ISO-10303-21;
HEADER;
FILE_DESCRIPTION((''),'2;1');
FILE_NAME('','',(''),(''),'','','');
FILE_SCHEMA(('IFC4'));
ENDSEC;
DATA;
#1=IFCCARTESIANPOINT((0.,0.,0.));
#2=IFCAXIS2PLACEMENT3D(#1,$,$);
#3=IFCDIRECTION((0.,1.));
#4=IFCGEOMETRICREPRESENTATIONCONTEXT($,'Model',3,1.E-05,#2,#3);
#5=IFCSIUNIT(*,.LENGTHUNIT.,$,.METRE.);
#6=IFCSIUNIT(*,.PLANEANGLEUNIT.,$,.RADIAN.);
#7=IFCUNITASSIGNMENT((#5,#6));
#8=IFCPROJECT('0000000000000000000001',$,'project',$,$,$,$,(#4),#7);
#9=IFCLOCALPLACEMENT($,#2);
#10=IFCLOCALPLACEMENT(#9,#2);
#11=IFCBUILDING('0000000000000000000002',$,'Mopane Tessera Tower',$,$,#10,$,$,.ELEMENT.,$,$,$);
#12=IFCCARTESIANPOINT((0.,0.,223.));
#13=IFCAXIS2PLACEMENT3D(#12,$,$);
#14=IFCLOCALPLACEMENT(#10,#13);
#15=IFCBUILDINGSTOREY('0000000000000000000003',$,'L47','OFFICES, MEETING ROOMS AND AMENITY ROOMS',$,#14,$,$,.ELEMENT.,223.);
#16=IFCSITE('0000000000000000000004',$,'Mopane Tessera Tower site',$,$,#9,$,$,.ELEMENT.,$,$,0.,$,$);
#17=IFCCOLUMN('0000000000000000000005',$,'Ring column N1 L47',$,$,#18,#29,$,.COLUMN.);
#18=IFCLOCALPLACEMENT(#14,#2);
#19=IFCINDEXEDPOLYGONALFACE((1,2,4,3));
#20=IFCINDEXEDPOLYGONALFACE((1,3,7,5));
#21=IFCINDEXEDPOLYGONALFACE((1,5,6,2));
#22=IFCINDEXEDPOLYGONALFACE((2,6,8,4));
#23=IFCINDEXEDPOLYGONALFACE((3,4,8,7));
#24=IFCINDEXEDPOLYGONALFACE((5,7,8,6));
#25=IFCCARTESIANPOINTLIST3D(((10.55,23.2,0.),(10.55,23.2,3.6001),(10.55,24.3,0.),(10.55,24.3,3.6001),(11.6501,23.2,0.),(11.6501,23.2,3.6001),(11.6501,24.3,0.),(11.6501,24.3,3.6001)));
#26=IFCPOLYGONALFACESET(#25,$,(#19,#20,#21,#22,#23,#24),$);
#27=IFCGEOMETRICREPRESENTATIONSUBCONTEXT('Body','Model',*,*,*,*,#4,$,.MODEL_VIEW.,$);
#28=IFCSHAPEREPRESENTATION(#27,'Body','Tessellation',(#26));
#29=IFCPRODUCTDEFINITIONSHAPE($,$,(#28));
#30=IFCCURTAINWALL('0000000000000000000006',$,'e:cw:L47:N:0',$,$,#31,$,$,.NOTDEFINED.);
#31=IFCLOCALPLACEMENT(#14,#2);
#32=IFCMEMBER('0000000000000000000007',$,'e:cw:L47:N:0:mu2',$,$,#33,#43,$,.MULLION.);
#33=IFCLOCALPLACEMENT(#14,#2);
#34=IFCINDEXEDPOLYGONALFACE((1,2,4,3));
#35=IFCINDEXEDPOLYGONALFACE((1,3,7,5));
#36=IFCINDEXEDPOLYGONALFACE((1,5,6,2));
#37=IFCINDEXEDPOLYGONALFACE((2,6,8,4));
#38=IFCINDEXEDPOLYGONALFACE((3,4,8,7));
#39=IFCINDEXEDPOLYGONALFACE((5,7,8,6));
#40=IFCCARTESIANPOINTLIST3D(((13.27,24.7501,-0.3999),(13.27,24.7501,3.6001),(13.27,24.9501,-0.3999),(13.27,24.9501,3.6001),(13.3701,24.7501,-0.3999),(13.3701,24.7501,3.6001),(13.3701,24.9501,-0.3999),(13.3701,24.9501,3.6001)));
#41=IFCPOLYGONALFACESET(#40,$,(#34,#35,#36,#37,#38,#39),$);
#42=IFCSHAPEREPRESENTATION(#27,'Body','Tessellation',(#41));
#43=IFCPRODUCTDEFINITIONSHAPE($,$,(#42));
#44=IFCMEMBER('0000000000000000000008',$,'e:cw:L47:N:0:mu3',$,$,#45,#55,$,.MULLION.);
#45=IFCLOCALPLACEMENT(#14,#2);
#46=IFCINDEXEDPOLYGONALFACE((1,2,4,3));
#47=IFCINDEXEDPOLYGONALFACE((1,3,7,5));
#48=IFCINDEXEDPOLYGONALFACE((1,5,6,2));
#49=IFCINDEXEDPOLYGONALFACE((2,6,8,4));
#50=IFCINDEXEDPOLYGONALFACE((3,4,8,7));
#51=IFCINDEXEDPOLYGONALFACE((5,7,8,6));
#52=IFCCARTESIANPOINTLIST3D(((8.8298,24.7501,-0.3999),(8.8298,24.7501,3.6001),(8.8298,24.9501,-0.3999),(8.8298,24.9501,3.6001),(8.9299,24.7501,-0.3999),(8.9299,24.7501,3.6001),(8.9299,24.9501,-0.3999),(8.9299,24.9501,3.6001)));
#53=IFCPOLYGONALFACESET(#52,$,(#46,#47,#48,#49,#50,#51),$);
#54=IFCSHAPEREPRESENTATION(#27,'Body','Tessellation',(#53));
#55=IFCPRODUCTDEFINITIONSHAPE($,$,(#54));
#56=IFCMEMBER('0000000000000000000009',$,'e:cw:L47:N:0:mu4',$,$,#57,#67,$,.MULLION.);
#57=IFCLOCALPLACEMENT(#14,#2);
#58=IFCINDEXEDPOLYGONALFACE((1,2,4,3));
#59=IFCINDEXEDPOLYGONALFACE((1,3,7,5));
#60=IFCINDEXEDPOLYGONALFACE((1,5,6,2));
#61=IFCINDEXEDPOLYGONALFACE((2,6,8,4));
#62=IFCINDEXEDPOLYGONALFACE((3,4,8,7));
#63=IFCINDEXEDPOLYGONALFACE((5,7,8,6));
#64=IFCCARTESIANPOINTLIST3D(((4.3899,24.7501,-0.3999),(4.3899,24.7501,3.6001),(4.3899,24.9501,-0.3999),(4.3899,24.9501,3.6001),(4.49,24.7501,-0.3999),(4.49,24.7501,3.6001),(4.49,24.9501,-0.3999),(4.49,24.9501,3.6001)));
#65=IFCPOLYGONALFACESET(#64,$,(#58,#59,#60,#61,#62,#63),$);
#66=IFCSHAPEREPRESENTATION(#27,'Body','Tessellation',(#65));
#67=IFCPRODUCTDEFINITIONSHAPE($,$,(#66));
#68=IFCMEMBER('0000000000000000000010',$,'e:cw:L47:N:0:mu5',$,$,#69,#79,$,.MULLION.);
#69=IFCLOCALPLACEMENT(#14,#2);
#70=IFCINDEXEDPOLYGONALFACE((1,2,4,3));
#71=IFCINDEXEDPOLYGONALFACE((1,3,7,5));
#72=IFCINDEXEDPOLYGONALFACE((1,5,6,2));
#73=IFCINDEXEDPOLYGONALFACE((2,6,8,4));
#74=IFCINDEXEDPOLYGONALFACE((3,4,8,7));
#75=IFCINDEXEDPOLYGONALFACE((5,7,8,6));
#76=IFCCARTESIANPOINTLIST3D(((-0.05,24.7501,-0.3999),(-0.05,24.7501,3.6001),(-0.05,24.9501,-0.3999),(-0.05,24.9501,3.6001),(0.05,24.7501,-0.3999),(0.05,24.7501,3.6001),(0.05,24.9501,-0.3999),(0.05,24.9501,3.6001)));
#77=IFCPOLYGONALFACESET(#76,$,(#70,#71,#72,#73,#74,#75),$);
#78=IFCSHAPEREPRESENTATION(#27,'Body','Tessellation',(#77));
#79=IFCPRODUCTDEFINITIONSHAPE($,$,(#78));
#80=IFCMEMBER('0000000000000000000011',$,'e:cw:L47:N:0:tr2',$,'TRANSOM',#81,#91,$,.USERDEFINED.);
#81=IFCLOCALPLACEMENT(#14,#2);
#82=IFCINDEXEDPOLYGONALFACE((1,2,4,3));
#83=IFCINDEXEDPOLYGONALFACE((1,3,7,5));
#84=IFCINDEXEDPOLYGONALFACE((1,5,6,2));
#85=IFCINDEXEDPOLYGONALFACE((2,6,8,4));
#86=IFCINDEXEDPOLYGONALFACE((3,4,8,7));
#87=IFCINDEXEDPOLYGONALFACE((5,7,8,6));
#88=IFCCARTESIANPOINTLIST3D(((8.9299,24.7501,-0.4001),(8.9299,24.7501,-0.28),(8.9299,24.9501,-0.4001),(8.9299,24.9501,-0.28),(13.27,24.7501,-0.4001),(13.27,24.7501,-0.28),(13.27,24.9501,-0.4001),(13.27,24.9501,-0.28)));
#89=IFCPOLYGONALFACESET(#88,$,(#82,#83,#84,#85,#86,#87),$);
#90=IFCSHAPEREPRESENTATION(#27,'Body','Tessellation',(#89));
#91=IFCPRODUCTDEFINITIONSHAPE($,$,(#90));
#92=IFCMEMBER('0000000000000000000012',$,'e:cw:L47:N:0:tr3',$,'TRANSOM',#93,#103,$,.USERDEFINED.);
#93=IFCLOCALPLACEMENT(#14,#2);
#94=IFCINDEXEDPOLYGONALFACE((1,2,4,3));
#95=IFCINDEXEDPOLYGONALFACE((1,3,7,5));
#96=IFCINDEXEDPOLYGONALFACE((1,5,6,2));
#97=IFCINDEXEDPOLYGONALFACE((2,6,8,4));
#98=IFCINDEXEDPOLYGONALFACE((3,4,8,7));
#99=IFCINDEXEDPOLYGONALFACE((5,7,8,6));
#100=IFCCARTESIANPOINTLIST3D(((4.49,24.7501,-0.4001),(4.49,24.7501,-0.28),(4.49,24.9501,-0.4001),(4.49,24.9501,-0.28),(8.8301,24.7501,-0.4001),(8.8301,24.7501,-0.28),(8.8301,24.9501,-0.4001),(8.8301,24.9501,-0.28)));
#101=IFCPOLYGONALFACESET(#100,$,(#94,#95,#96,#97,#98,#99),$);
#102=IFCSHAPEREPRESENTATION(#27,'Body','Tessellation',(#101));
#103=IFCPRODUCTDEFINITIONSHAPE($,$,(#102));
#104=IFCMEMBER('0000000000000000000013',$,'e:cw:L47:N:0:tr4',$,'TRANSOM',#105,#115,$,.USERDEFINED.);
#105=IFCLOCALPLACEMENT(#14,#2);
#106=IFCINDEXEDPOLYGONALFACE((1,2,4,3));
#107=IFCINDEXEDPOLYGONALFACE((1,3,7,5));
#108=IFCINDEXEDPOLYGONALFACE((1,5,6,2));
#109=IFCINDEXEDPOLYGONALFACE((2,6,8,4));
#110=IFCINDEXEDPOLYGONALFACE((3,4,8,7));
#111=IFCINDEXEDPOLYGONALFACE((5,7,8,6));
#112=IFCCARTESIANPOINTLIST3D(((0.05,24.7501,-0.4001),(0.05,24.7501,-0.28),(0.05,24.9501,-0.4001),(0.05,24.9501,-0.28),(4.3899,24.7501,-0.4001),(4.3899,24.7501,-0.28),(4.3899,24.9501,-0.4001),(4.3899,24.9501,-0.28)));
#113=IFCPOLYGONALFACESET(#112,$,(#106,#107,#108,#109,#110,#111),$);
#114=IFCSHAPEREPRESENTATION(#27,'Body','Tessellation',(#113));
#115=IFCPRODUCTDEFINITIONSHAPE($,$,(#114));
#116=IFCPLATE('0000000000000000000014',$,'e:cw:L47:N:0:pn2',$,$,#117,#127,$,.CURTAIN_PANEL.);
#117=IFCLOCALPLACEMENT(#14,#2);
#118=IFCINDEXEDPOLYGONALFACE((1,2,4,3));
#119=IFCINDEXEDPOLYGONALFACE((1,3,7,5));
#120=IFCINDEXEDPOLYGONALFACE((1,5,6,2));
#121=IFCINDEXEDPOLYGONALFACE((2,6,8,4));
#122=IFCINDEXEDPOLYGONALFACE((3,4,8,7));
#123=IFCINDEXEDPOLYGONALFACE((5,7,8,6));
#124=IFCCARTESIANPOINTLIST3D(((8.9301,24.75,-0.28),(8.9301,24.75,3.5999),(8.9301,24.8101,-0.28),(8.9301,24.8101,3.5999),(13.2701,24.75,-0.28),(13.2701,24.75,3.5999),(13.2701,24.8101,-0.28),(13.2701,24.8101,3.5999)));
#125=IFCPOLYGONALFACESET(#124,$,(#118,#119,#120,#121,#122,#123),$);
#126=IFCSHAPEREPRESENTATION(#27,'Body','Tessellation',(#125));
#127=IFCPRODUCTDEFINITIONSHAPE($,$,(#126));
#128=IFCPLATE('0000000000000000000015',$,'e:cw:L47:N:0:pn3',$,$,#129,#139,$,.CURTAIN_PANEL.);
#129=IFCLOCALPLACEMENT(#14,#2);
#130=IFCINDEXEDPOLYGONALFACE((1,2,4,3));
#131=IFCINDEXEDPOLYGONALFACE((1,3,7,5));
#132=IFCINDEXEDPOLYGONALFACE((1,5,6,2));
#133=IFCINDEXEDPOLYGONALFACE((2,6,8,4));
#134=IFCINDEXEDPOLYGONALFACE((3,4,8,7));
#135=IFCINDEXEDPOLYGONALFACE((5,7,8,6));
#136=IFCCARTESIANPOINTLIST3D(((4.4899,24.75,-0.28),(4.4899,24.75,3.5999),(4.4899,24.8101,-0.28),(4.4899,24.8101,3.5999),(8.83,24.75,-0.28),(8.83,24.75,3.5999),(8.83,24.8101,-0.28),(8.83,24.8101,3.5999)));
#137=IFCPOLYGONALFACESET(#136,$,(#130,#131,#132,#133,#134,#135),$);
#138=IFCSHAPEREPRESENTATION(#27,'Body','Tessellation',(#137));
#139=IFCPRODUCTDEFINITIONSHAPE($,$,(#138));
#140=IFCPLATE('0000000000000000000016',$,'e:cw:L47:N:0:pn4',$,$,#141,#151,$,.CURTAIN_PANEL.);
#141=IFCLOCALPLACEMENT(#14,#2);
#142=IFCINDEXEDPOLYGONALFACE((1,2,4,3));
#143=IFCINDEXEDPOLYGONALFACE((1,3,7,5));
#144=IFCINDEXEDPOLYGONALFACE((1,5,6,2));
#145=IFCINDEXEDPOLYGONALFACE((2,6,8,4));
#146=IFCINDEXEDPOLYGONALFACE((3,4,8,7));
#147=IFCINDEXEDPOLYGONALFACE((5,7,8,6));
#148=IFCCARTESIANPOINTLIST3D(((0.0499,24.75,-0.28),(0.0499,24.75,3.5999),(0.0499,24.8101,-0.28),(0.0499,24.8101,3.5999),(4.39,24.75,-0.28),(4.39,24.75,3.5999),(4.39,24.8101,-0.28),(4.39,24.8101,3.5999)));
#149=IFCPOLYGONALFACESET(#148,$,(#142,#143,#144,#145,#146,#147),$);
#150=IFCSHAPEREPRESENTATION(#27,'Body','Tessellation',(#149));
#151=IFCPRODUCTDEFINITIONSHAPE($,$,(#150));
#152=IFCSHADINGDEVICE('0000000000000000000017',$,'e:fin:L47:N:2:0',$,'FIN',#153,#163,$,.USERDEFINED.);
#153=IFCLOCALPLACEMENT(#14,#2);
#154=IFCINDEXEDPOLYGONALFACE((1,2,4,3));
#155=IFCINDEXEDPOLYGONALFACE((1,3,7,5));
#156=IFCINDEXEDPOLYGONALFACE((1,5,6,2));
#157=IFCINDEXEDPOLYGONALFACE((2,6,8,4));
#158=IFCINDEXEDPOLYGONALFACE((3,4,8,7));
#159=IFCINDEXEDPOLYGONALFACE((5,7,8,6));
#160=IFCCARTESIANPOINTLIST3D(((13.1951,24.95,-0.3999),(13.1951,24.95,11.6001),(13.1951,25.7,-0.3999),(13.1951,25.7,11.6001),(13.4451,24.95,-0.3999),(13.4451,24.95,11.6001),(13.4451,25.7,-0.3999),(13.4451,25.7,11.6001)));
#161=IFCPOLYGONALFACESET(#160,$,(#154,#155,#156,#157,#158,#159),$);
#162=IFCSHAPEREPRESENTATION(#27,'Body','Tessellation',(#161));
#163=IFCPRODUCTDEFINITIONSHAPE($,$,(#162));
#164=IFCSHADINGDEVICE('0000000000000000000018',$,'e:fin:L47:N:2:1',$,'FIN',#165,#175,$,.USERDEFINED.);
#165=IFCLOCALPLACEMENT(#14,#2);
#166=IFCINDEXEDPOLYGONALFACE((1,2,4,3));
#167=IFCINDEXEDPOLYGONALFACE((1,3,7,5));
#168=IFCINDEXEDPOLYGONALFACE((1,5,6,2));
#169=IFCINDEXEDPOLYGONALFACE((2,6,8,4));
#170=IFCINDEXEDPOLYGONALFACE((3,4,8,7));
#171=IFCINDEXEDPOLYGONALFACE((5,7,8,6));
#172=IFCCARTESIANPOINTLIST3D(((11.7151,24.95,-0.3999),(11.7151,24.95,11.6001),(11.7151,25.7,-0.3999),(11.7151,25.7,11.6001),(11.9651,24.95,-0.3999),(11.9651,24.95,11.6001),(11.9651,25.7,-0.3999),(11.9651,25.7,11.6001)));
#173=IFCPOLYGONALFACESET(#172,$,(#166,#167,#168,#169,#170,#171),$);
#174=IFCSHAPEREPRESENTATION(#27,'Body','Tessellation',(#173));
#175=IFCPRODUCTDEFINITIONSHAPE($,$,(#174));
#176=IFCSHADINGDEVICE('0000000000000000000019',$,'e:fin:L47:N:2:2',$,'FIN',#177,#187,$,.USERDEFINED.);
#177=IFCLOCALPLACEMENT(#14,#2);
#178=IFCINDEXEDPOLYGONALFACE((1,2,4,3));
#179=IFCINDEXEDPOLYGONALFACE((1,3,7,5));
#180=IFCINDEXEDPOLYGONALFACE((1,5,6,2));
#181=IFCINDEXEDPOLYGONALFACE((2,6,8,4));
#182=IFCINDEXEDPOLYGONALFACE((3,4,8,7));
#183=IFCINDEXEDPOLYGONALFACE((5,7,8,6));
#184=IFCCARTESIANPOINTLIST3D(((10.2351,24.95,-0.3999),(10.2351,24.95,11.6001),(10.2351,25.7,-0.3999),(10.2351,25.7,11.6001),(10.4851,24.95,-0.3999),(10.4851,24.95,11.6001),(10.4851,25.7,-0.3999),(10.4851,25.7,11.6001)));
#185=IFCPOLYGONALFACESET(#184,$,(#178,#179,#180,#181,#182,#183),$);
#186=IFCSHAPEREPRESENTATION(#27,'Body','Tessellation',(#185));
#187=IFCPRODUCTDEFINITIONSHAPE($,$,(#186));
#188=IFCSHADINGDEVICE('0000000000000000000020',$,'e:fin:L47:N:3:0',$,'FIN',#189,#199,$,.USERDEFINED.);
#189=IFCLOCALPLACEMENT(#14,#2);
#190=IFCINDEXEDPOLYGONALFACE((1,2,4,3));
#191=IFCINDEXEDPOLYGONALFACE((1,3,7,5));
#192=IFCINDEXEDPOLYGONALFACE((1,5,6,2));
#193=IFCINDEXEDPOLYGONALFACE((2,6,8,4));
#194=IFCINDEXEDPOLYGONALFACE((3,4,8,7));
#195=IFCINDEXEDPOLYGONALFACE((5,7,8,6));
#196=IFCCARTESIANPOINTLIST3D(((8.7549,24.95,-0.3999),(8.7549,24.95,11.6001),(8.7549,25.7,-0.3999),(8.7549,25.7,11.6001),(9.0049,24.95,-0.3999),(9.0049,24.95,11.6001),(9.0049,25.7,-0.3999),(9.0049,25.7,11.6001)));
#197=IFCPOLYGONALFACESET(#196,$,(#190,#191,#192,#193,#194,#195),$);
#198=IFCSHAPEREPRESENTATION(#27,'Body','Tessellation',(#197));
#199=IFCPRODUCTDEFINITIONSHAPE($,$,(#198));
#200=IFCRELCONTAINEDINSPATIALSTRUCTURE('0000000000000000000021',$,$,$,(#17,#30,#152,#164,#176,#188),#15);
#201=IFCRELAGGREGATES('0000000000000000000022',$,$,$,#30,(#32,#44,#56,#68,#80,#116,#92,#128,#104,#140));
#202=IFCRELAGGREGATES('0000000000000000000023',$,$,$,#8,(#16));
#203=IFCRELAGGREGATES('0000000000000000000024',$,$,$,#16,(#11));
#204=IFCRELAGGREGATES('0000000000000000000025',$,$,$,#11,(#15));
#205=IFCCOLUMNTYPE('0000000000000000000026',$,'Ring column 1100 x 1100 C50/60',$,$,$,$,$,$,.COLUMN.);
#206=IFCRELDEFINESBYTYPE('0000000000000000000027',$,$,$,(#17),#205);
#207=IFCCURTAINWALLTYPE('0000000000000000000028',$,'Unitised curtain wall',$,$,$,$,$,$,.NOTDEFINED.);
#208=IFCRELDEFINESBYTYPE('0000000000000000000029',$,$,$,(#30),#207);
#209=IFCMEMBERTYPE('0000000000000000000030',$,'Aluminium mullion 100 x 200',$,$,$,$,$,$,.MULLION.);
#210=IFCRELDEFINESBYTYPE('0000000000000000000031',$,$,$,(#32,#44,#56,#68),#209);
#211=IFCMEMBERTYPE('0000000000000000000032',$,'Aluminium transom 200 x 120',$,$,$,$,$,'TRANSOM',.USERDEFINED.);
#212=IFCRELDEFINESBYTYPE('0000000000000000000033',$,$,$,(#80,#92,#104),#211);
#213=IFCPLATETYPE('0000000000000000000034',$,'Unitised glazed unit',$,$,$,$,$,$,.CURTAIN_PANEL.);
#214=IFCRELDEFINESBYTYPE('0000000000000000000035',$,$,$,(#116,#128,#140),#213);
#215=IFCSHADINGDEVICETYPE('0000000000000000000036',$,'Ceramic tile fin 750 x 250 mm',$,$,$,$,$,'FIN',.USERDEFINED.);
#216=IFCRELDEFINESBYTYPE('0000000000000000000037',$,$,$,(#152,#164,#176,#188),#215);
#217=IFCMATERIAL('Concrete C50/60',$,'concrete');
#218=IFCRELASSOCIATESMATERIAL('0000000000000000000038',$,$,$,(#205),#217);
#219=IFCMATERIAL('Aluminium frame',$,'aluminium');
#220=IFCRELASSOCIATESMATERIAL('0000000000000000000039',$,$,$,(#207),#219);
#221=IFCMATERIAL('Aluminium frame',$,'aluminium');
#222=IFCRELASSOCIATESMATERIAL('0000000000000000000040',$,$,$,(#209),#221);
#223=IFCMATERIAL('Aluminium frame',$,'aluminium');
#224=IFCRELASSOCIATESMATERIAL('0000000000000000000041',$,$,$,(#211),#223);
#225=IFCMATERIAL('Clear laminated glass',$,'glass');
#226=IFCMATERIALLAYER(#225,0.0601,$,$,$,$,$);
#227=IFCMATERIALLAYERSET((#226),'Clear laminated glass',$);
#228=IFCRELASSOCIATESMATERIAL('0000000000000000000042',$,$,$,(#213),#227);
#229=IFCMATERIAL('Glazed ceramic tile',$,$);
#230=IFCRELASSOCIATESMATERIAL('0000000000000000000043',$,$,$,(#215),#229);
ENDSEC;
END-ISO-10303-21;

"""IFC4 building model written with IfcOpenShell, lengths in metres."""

from ifc_helpers import new_model, si_unit, direction, frame, origin, origin_2d, place, context, subcontext, project, spatial, rectangle, extrude, material, layer, layer_set, material_profile, profile_set, type_object, element, aggregate, save


model = new_model("IFC4")

# Units and contexts
model_context = context("Model", 3, precision=1e-05, world=origin(), true_north=direction((0.0, 1.0)))
body_context = subcontext(model_context, "Body", "Model", "MODEL_VIEW")
ifc_project = project(units=[si_unit("LENGTHUNIT", "METRE"), si_unit("PLANEANGLEUNIT", "RADIAN")], contexts=[model_context])

# Site, building, storey
site_placement = place(None, origin())
site = spatial("IfcSite", under=ifc_project, at=site_placement, Name="Mopane Tessera Tower site", CompositionType="ELEMENT", RefElevation=0.0)
building_placement = place(site_placement, origin())
building = spatial("IfcBuilding", under=site, at=building_placement, Name="Mopane Tessera Tower", CompositionType="ELEMENT")
storey_placement = place(building_placement, frame((0.0, 0.0, 223.0)))
storey = spatial("IfcBuildingStorey", under=building, at=storey_placement, Name="L47", Description="OFFICES, MEETING ROOMS AND AMENITY ROOMS", CompositionType="ELEMENT", Elevation=223.0)

# Column
ifc_material_1 = material(Name="Concrete C50/60", Category="concrete")
ifc_material_profile_1 = material_profile(ifc_material_1, rectangle(XDim=1.1001, YDim=1.1001, at=origin_2d()))
ifc_profile_set_1 = profile_set([ifc_material_profile_1], Name="Concrete C50/60")
column_type = type_object("IfcColumnType", Name="Ring column 1100 x 1100 C50/60", PredefinedType="COLUMN", material=ifc_profile_set_1)
column_placement = place(storey_placement, frame((11.1001, 23.75, 0.0), z_axis=(0.0, 0.0, 1.0), x_axis=(1.0, 0.0, 0.0)))
element("IfcColumn", 1, at=column_placement, inside=storey, type_object=column_type, Name="Ring column N1 L47", PredefinedType="COLUMN", context=body_context, shape_type="SweptSolid", body=[
    extrude(rectangle(XDim=1.1001, YDim=1.1001, at=origin_2d()), origin(), (0.0, 0.0, 1.0), 3.6001),
])

# Curtain wall, members, plates
ifc_material_2 = material(Name="Aluminium frame", Category="aluminium")
curtain_wall_type = type_object("IfcCurtainWallType", Name="Unitised curtain wall", PredefinedType="NOTDEFINED", material=ifc_material_2)
curtain_wall_placement = place(storey_placement, origin())
curtain_wall = element("IfcCurtainWall", 2, at=curtain_wall_placement, inside=storey, type_object=curtain_wall_type, Name="e:cw:L47:N:0", PredefinedType="NOTDEFINED")
ifc_material_3 = material(Name="Aluminium frame", Category="aluminium")
ifc_material_profile_2 = material_profile(ifc_material_3, rectangle(XDim=0.1001, YDim=0.2, at=origin_2d()))
ifc_profile_set_2 = profile_set([ifc_material_profile_2], Name="Aluminium frame")
member_type_1 = type_object("IfcMemberType", Name="Aluminium mullion 100 x 200", PredefinedType="MULLION", material=ifc_profile_set_2)
member_1_placement = place(storey_placement, frame((13.3201, 24.8501, -0.3999), z_axis=(0.0, 0.0, 1.0), x_axis=(-1.0, 0.0, 0.0)))
member_1 = element("IfcMember", 3, at=member_1_placement, type_object=member_type_1, Name="e:cw:L47:N:0:mu2", PredefinedType="MULLION", context=body_context, shape_type="SweptSolid", body=[
    extrude(rectangle(XDim=0.1001, YDim=0.2, at=origin_2d()), origin(), (0.0, 0.0, 1.0), 4.0),
])
member_2_placement = place(storey_placement, frame((8.8799, 24.8501, -0.3999), z_axis=(0.0, 0.0, 1.0), x_axis=(-1.0, 0.0, 0.0)))
member_2 = element("IfcMember", 4, at=member_2_placement, type_object=member_type_1, Name="e:cw:L47:N:0:mu3", PredefinedType="MULLION", context=body_context, shape_type="SweptSolid", body=[
    extrude(rectangle(XDim=0.1001, YDim=0.2, at=origin_2d()), origin(), (0.0, 0.0, 1.0), 4.0),
])
member_3_placement = place(storey_placement, frame((4.4399, 24.8501, -0.3999), z_axis=(0.0, 0.0, 1.0), x_axis=(-1.0, 0.0, 0.0)))
member_3 = element("IfcMember", 5, at=member_3_placement, type_object=member_type_1, Name="e:cw:L47:N:0:mu4", PredefinedType="MULLION", context=body_context, shape_type="SweptSolid", body=[
    extrude(rectangle(XDim=0.1001, YDim=0.2, at=origin_2d()), origin(), (0.0, 0.0, 1.0), 4.0),
])
member_4_placement = place(storey_placement, frame((0.0, 24.8501, -0.3999), z_axis=(0.0, 0.0, 1.0), x_axis=(-1.0, 0.0, 0.0)))
member_4 = element("IfcMember", 6, at=member_4_placement, type_object=member_type_1, Name="e:cw:L47:N:0:mu5", PredefinedType="MULLION", context=body_context, shape_type="SweptSolid", body=[
    extrude(rectangle(XDim=0.1001, YDim=0.2, at=origin_2d()), origin(), (0.0, 0.0, 1.0), 4.0),
])
ifc_material_4 = material(Name="Aluminium frame", Category="aluminium")
ifc_material_profile_3 = material_profile(ifc_material_4, rectangle(XDim=0.2, YDim=0.1201, at=origin_2d()))
ifc_profile_set_3 = profile_set([ifc_material_profile_3], Name="Aluminium frame")
member_type_2 = type_object("IfcMemberType", Name="Aluminium transom 200 x 120", ElementType="TRANSOM", PredefinedType="USERDEFINED", material=ifc_profile_set_3)
member_5_placement = place(storey_placement, frame((13.27, 24.8501, -0.3401), z_axis=(-1.0, 0.0, 0.0), x_axis=(0.0, -1.0, 0.0)))
member_5 = element("IfcMember", 7, at=member_5_placement, type_object=member_type_2, Name="e:cw:L47:N:0:tr2", ObjectType="TRANSOM", PredefinedType="USERDEFINED", context=body_context, shape_type="SweptSolid", body=[
    extrude(rectangle(XDim=0.2, YDim=0.1201, at=origin_2d()), origin(), (0.0, 0.0, 1.0), 4.3401),
])
member_6_placement = place(storey_placement, frame((8.8301, 24.8501, -0.3401), z_axis=(-1.0, 0.0, 0.0), x_axis=(0.0, -1.0, 0.0)))
member_6 = element("IfcMember", 8, at=member_6_placement, type_object=member_type_2, Name="e:cw:L47:N:0:tr3", ObjectType="TRANSOM", PredefinedType="USERDEFINED", context=body_context, shape_type="SweptSolid", body=[
    extrude(rectangle(XDim=0.2, YDim=0.1201, at=origin_2d()), origin(), (0.0, 0.0, 1.0), 4.3401),
])
member_7_placement = place(storey_placement, frame((4.3899, 24.8501, -0.3401), z_axis=(-1.0, 0.0, 0.0), x_axis=(0.0, -1.0, 0.0)))
member_7 = element("IfcMember", 9, at=member_7_placement, type_object=member_type_2, Name="e:cw:L47:N:0:tr4", ObjectType="TRANSOM", PredefinedType="USERDEFINED", context=body_context, shape_type="SweptSolid", body=[
    extrude(rectangle(XDim=0.2, YDim=0.1201, at=origin_2d()), origin(), (0.0, 0.0, 1.0), 4.3398),
])
ifc_material_5 = material(Name="Clear laminated glass", Category="glass")
ifc_layer = layer(ifc_material_5, 0.0601)
ifc_layer_set = layer_set([ifc_layer], Name="Clear laminated glass")
plate_type = type_object("IfcPlateType", Name="Unitised glazed unit", PredefinedType="CURTAIN_PANEL", material=ifc_layer_set)
plate_1_placement = place(storey_placement, frame((11.1001, 24.78, -0.28), z_axis=(0.0, 0.0, 1.0), x_axis=(-1.0, 0.0, 0.0)))
plate_1 = element("IfcPlate", 10, at=plate_1_placement, type_object=plate_type, Name="e:cw:L47:N:0:pn2", PredefinedType="CURTAIN_PANEL", context=body_context, shape_type="SweptSolid", body=[
    extrude(rectangle(XDim=4.3401, YDim=0.0601, at=origin_2d()), origin(), (0.0, 0.0, 1.0), 3.8799),
])
plate_2_placement = place(storey_placement, frame((6.6599, 24.78, -0.28), z_axis=(0.0, 0.0, 1.0), x_axis=(-1.0, 0.0, 0.0)))
plate_2 = element("IfcPlate", 11, at=plate_2_placement, type_object=plate_type, Name="e:cw:L47:N:0:pn3", PredefinedType="CURTAIN_PANEL", context=body_context, shape_type="SweptSolid", body=[
    extrude(rectangle(XDim=4.3401, YDim=0.0601, at=origin_2d()), origin(), (0.0, 0.0, 1.0), 3.8799),
])
plate_3_placement = place(storey_placement, frame((2.22, 24.78, -0.28), z_axis=(0.0, 0.0, 1.0), x_axis=(-1.0, 0.0, 0.0)))
plate_3 = element("IfcPlate", 12, at=plate_3_placement, type_object=plate_type, Name="e:cw:L47:N:0:pn4", PredefinedType="CURTAIN_PANEL", context=body_context, shape_type="SweptSolid", body=[
    extrude(rectangle(XDim=4.3401, YDim=0.0601, at=origin_2d()), origin(), (0.0, 0.0, 1.0), 3.8799),
])
aggregate(curtain_wall, [member_1, member_2, member_3, member_4, member_5, plate_1, member_6, plate_2, member_7, plate_3])

# Shading devices
ifc_material_6 = material(Name="Glazed ceramic tile")
shading_device_type = type_object("IfcShadingDeviceType", Name="Ceramic tile fin 750 x 250 mm", ElementType="FIN", PredefinedType="USERDEFINED", material=ifc_material_6)
for number, where, z_axis, x_axis, name in (
    (13, (13.3201, 25.325, -0.3999), (0.0, 0.0, 1.0), (-1.0, 0.0, 0.0), "e:fin:L47:N:2:0"),
    (14, (11.8401, 25.325, -0.3999), (0.0, 0.0, 1.0), (-1.0, 0.0, 0.0), "e:fin:L47:N:2:1"),
    (15, (10.3601, 25.325, -0.3999), (0.0, 0.0, 1.0), (-1.0, 0.0, 0.0), "e:fin:L47:N:2:2"),
    (16, (8.8799, 25.325, -0.3999), (0.0, 0.0, 1.0), (-1.0, 0.0, 0.0), "e:fin:L47:N:3:0"),
):
    element("IfcShadingDevice", number, at=place(storey_placement, frame(where, z_axis=z_axis, x_axis=x_axis)), inside=storey, type_object=shading_device_type, Name=name, ObjectType="FIN", PredefinedType="USERDEFINED", context=body_context, shape_type="SweptSolid", body=[
        extrude(rectangle(XDim=0.25, YDim=0.75, at=origin_2d()), origin(), (0.0, 0.0, 1.0), 12.0),
    ])

save(model, "model.ifc")
